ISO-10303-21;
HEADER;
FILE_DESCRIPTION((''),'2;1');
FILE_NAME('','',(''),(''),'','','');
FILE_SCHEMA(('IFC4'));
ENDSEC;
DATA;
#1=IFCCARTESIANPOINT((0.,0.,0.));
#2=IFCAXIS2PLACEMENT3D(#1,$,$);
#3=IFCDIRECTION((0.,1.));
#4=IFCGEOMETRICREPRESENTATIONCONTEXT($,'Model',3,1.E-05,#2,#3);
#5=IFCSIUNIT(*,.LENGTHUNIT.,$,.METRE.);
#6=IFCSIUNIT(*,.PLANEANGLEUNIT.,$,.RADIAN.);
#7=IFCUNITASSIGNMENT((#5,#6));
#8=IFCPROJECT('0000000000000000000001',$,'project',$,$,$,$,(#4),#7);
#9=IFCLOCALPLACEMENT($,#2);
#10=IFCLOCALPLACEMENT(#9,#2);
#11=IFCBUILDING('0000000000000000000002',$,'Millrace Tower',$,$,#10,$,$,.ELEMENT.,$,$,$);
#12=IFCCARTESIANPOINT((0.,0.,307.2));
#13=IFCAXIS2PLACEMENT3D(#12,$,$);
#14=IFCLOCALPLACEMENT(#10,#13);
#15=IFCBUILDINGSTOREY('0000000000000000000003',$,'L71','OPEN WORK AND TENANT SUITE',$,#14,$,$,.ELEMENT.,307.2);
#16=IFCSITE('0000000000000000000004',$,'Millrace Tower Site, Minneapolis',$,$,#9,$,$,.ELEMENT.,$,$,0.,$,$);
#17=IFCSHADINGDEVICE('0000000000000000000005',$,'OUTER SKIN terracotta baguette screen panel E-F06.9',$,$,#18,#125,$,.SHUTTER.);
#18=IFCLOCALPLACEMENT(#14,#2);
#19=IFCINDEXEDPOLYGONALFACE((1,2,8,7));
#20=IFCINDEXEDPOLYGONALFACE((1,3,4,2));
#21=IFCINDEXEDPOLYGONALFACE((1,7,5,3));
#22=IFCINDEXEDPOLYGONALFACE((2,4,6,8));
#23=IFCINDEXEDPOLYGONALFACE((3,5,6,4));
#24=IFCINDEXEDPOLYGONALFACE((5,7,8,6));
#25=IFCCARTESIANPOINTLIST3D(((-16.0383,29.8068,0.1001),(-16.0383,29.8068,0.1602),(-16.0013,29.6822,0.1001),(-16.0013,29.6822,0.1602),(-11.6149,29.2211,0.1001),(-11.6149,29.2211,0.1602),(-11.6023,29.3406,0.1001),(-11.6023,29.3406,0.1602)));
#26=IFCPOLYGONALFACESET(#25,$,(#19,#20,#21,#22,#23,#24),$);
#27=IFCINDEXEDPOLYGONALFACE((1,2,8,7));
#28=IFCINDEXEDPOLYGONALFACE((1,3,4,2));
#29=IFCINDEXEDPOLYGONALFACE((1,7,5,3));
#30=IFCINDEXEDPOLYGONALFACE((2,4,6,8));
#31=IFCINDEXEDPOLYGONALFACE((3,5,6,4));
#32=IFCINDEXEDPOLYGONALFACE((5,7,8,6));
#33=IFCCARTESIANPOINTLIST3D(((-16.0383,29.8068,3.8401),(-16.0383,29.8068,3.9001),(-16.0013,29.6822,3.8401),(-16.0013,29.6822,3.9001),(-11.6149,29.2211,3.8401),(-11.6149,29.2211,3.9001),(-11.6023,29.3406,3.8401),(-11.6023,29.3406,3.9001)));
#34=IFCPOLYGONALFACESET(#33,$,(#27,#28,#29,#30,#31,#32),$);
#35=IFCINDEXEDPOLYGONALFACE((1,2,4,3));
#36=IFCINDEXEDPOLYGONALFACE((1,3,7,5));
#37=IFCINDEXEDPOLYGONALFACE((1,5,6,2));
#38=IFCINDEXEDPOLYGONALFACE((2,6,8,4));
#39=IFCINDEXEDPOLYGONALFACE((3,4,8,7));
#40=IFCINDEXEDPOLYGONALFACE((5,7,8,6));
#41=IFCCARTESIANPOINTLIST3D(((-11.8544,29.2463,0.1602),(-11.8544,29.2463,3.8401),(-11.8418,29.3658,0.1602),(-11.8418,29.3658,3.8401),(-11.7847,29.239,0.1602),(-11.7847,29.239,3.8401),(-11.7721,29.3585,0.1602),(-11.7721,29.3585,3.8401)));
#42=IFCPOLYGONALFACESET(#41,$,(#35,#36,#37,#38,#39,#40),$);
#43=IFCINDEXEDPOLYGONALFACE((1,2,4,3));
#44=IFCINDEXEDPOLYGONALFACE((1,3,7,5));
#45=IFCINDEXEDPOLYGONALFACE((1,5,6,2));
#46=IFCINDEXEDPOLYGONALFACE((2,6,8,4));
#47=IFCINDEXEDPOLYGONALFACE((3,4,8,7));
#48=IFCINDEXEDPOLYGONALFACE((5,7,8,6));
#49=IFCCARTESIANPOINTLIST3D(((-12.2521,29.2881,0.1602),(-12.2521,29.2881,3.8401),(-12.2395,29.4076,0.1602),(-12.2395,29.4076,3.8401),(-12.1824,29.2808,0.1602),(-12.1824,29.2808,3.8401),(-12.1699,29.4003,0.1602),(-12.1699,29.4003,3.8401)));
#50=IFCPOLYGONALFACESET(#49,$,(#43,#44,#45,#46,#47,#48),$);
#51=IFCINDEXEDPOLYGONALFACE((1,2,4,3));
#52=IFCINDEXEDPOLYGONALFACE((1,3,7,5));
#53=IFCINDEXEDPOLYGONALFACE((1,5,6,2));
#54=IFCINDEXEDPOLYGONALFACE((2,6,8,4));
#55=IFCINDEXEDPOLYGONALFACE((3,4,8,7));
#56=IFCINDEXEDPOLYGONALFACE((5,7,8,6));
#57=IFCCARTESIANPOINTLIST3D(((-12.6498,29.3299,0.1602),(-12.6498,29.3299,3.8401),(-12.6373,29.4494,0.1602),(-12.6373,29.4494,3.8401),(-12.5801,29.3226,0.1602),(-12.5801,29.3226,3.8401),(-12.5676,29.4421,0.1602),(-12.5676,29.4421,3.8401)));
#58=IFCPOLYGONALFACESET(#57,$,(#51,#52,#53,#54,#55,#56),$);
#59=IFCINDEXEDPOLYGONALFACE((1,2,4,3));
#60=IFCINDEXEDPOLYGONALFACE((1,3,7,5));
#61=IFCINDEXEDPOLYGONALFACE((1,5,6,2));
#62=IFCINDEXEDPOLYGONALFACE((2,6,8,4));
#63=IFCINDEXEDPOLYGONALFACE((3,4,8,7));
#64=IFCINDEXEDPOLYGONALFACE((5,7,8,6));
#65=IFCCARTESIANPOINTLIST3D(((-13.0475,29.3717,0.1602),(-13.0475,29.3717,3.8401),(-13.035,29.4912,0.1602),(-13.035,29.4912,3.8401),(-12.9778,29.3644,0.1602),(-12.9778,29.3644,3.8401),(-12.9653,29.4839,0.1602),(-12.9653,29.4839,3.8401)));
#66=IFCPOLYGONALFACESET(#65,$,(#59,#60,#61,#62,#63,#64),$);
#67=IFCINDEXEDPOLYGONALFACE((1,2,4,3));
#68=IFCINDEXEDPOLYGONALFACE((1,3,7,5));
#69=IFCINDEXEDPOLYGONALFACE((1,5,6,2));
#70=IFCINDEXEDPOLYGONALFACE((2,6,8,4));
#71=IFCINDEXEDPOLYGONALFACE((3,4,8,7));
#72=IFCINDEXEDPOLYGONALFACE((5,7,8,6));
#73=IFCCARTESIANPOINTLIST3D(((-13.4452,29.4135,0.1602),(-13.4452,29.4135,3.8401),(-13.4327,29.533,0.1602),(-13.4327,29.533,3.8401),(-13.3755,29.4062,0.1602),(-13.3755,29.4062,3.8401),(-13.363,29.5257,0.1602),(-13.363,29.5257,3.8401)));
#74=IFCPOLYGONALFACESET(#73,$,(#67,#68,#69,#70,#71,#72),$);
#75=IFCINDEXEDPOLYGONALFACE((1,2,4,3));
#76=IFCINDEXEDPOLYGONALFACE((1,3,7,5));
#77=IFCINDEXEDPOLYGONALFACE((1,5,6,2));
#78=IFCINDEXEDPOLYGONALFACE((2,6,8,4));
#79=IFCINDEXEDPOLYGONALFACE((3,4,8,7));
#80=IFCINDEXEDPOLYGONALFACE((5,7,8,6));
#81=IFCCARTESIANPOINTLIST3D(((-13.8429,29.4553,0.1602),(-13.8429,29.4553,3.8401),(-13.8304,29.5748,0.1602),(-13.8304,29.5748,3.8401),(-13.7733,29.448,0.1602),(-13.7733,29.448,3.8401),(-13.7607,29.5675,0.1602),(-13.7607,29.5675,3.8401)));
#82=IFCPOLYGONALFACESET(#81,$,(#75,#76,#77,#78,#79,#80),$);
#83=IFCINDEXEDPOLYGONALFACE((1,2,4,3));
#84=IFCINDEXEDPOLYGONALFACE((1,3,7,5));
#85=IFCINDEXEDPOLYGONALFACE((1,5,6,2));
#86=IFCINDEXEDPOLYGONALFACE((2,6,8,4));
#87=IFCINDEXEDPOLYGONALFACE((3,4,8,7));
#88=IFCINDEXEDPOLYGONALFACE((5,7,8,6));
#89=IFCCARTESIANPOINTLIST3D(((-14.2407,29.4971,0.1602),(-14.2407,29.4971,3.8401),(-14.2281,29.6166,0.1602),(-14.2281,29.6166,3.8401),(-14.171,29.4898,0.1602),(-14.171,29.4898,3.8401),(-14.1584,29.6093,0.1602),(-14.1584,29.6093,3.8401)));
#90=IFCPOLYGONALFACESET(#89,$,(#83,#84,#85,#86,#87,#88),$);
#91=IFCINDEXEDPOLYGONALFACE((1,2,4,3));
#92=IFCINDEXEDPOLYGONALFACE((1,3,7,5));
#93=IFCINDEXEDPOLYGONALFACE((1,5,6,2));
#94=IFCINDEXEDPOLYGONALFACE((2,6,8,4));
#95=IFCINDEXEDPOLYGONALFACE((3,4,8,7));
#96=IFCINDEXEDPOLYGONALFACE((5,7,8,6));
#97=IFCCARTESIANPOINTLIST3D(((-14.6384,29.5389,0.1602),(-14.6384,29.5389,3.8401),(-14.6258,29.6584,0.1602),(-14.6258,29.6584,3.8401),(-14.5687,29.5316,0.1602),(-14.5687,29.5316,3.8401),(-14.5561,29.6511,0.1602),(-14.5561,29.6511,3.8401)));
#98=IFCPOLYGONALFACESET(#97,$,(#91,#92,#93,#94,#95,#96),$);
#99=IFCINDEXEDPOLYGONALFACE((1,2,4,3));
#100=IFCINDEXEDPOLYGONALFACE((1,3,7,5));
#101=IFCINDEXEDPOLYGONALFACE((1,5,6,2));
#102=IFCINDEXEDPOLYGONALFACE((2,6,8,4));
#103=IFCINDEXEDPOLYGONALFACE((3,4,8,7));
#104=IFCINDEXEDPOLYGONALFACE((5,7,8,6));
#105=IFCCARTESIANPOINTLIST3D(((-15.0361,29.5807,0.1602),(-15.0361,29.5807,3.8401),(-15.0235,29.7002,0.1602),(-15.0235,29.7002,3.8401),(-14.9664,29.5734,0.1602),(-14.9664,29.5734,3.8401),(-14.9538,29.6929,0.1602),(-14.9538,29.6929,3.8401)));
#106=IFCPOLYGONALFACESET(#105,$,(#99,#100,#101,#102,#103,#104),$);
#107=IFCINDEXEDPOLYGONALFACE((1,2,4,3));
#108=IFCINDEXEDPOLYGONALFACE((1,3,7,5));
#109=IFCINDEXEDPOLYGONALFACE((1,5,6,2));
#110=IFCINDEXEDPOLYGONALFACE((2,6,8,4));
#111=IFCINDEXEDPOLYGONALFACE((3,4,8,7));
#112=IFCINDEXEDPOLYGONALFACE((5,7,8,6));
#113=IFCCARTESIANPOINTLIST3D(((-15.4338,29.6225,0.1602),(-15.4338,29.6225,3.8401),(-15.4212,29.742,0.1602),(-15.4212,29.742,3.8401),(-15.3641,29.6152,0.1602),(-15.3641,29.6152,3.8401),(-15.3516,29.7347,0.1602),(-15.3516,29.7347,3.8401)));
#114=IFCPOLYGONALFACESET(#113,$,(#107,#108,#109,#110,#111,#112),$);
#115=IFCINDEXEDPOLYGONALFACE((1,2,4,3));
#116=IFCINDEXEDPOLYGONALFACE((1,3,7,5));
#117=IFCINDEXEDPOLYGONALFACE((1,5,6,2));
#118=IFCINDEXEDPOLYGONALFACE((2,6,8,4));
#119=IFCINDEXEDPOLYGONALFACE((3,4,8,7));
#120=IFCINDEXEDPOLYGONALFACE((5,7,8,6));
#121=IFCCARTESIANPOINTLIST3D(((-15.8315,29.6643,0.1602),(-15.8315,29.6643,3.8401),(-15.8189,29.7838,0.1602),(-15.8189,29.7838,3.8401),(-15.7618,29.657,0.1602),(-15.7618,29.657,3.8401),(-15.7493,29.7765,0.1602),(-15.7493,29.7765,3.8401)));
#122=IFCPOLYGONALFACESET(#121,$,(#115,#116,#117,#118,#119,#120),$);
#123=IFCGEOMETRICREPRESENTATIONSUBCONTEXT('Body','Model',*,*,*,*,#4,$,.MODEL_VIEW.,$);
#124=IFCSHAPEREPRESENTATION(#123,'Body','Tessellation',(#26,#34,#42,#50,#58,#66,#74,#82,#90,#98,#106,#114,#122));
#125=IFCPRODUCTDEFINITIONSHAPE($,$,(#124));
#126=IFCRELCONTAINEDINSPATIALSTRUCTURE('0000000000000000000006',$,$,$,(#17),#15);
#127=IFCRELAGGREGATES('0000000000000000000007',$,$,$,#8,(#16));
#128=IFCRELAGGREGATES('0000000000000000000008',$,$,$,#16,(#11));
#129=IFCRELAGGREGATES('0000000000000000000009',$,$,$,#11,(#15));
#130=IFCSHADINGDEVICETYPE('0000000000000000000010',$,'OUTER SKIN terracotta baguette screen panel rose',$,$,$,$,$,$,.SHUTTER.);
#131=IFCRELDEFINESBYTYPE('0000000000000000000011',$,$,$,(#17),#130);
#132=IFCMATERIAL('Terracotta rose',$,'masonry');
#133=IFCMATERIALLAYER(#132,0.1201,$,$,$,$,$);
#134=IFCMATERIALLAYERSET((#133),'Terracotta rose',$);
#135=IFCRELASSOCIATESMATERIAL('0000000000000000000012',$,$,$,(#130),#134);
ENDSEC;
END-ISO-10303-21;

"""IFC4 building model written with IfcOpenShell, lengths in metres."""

from ifc_helpers import new_model, entity, si_unit, direction, frame, frame_2d, origin, place, context, subcontext, project, spatial, rectangle, extrude, source, transform, mapped, material, layer, layer_set, type_object, element, save


model = new_model("IFC4")

# Units and contexts
model_context = context("Model", 3, precision=1e-05, world=origin(), true_north=direction((0.0, 1.0)))
body_context = subcontext(model_context, "Body", "Model", "MODEL_VIEW")
ifc_project = project(units=[si_unit("LENGTHUNIT", "METRE"), si_unit("PLANEANGLEUNIT", "RADIAN")], contexts=[model_context])

# Site, building, storey
site_placement = place(None, origin())
site = spatial("IfcSite", under=ifc_project, at=site_placement, Name="Millrace Tower Site, Minneapolis", CompositionType="ELEMENT", RefElevation=0.0)
building_placement = place(site_placement, origin())
building = spatial("IfcBuilding", under=site, at=building_placement, Name="Millrace Tower", CompositionType="ELEMENT")
storey_placement = place(building_placement, frame((0.0, 0.0, 307.2)))
storey = spatial("IfcBuildingStorey", under=building, at=storey_placement, Name="L71", Description="OPEN WORK AND TENANT SUITE", CompositionType="ELEMENT", Elevation=307.2)

# Shading device
ifc_material_1 = material(Name="Terracotta rose", Category="masonry")
ifc_layer_1 = layer(ifc_material_1, 0.1201)
ifc_layer_set_1 = layer_set([ifc_layer_1], Name="Terracotta rose")
shading_device_type = type_object("IfcShadingDeviceType", Name="OUTER SKIN terracotta baguette screen panel rose", PredefinedType="SHUTTER", material=ifc_layer_set_1)
cartesian_point_1 = entity("IfcCartesianPoint", [-2.2178, 0.0601])
shared_polyline_1 = entity("IfcPolyline", [cartesian_point_1, entity("IfcCartesianPoint", [2.1929, 0.0601]), entity("IfcCartesianPoint", [2.2427, -0.0601]), entity("IfcCartesianPoint", [-2.2178, -0.0601]), cartesian_point_1])
shared_shape_1 = source(origin(), body_context, "Body", "SweptSolid", [
    entity("IfcExtrudedAreaSolid", entity("IfcArbitraryClosedProfileDef", "AREA", None, shared_polyline_1), entity("IfcAxis2Placement3D", entity("IfcCartesianPoint", [0.0, 0.0, 0.0])), entity("IfcDirection", [0.0, 0.0, 1.0]), 0.0601),
    entity("IfcExtrudedAreaSolid", entity("IfcArbitraryClosedProfileDef", "AREA", None, shared_polyline_1), entity("IfcAxis2Placement3D", entity("IfcCartesianPoint", [0.0, 0.0, 3.74])), entity("IfcDirection", [0.0, 0.0, 1.0]), 0.0601),
    extrude(rectangle(XDim=0.0701, YDim=0.1201, at=frame_2d((-2.012, 0.0))), frame((0.0, 0.0, 0.0601)), (0.0, 0.0, 1.0), 3.6799),
    extrude(rectangle(XDim=0.0701, YDim=0.1201, at=frame_2d((-1.6121, 0.0))), frame((0.0, 0.0, 0.0601)), (0.0, 0.0, 1.0), 3.6799),
    extrude(rectangle(XDim=0.0701, YDim=0.1201, at=frame_2d((-1.2122, 0.0))), frame((0.0, 0.0, 0.0601)), (0.0, 0.0, 1.0), 3.6799),
    extrude(rectangle(XDim=0.0701, YDim=0.1201, at=frame_2d((-0.8123, 0.0))), frame((0.0, 0.0, 0.0601)), (0.0, 0.0, 1.0), 3.6799),
    extrude(rectangle(XDim=0.0701, YDim=0.1201, at=frame_2d((-0.4124, 0.0))), frame((0.0, 0.0, 0.0601)), (0.0, 0.0, 1.0), 3.6799),
    extrude(rectangle(XDim=0.0701, YDim=0.1201, at=frame_2d((-0.0125, 0.0))), frame((0.0, 0.0, 0.0601)), (0.0, 0.0, 1.0), 3.6799),
    extrude(rectangle(XDim=0.0701, YDim=0.1201, at=frame_2d((0.3875, 0.0))), frame((0.0, 0.0, 0.0601)), (0.0, 0.0, 1.0), 3.6799),
    extrude(rectangle(XDim=0.0701, YDim=0.1201, at=frame_2d((0.7874, 0.0))), frame((0.0, 0.0, 0.0601)), (0.0, 0.0, 1.0), 3.6799),
    extrude(rectangle(XDim=0.0701, YDim=0.1201, at=frame_2d((1.1873, 0.0))), frame((0.0, 0.0, 0.0601)), (0.0, 0.0, 1.0), 3.6799),
    extrude(rectangle(XDim=0.0701, YDim=0.1201, at=frame_2d((1.5872, 0.0))), frame((0.0, 0.0, 0.0601)), (0.0, 0.0, 1.0), 3.6799),
    extrude(rectangle(XDim=0.0701, YDim=0.1201, at=frame_2d((1.9871, 0.0))), frame((0.0, 0.0, 0.0601)), (0.0, 0.0, 1.0), 3.6799),
])
shading_device_placement = place(storey_placement, frame((-13.8142, 29.5127, 0.1001), z_axis=(0.0, 0.0, 1.0), x_axis=(-0.994522, 0.104528, 0.0)))
element("IfcShadingDevice", 1, at=shading_device_placement, inside=storey, type_object=shading_device_type, Name="OUTER SKIN terracotta baguette screen panel E-F06.9", PredefinedType="SHUTTER", context=body_context, shape_type="MappedRepresentation", body=[
    mapped(shared_shape_1, transform((0.0, 0.0, 0.0), scale=1.0)),
])

save(model, "model.ifc")
